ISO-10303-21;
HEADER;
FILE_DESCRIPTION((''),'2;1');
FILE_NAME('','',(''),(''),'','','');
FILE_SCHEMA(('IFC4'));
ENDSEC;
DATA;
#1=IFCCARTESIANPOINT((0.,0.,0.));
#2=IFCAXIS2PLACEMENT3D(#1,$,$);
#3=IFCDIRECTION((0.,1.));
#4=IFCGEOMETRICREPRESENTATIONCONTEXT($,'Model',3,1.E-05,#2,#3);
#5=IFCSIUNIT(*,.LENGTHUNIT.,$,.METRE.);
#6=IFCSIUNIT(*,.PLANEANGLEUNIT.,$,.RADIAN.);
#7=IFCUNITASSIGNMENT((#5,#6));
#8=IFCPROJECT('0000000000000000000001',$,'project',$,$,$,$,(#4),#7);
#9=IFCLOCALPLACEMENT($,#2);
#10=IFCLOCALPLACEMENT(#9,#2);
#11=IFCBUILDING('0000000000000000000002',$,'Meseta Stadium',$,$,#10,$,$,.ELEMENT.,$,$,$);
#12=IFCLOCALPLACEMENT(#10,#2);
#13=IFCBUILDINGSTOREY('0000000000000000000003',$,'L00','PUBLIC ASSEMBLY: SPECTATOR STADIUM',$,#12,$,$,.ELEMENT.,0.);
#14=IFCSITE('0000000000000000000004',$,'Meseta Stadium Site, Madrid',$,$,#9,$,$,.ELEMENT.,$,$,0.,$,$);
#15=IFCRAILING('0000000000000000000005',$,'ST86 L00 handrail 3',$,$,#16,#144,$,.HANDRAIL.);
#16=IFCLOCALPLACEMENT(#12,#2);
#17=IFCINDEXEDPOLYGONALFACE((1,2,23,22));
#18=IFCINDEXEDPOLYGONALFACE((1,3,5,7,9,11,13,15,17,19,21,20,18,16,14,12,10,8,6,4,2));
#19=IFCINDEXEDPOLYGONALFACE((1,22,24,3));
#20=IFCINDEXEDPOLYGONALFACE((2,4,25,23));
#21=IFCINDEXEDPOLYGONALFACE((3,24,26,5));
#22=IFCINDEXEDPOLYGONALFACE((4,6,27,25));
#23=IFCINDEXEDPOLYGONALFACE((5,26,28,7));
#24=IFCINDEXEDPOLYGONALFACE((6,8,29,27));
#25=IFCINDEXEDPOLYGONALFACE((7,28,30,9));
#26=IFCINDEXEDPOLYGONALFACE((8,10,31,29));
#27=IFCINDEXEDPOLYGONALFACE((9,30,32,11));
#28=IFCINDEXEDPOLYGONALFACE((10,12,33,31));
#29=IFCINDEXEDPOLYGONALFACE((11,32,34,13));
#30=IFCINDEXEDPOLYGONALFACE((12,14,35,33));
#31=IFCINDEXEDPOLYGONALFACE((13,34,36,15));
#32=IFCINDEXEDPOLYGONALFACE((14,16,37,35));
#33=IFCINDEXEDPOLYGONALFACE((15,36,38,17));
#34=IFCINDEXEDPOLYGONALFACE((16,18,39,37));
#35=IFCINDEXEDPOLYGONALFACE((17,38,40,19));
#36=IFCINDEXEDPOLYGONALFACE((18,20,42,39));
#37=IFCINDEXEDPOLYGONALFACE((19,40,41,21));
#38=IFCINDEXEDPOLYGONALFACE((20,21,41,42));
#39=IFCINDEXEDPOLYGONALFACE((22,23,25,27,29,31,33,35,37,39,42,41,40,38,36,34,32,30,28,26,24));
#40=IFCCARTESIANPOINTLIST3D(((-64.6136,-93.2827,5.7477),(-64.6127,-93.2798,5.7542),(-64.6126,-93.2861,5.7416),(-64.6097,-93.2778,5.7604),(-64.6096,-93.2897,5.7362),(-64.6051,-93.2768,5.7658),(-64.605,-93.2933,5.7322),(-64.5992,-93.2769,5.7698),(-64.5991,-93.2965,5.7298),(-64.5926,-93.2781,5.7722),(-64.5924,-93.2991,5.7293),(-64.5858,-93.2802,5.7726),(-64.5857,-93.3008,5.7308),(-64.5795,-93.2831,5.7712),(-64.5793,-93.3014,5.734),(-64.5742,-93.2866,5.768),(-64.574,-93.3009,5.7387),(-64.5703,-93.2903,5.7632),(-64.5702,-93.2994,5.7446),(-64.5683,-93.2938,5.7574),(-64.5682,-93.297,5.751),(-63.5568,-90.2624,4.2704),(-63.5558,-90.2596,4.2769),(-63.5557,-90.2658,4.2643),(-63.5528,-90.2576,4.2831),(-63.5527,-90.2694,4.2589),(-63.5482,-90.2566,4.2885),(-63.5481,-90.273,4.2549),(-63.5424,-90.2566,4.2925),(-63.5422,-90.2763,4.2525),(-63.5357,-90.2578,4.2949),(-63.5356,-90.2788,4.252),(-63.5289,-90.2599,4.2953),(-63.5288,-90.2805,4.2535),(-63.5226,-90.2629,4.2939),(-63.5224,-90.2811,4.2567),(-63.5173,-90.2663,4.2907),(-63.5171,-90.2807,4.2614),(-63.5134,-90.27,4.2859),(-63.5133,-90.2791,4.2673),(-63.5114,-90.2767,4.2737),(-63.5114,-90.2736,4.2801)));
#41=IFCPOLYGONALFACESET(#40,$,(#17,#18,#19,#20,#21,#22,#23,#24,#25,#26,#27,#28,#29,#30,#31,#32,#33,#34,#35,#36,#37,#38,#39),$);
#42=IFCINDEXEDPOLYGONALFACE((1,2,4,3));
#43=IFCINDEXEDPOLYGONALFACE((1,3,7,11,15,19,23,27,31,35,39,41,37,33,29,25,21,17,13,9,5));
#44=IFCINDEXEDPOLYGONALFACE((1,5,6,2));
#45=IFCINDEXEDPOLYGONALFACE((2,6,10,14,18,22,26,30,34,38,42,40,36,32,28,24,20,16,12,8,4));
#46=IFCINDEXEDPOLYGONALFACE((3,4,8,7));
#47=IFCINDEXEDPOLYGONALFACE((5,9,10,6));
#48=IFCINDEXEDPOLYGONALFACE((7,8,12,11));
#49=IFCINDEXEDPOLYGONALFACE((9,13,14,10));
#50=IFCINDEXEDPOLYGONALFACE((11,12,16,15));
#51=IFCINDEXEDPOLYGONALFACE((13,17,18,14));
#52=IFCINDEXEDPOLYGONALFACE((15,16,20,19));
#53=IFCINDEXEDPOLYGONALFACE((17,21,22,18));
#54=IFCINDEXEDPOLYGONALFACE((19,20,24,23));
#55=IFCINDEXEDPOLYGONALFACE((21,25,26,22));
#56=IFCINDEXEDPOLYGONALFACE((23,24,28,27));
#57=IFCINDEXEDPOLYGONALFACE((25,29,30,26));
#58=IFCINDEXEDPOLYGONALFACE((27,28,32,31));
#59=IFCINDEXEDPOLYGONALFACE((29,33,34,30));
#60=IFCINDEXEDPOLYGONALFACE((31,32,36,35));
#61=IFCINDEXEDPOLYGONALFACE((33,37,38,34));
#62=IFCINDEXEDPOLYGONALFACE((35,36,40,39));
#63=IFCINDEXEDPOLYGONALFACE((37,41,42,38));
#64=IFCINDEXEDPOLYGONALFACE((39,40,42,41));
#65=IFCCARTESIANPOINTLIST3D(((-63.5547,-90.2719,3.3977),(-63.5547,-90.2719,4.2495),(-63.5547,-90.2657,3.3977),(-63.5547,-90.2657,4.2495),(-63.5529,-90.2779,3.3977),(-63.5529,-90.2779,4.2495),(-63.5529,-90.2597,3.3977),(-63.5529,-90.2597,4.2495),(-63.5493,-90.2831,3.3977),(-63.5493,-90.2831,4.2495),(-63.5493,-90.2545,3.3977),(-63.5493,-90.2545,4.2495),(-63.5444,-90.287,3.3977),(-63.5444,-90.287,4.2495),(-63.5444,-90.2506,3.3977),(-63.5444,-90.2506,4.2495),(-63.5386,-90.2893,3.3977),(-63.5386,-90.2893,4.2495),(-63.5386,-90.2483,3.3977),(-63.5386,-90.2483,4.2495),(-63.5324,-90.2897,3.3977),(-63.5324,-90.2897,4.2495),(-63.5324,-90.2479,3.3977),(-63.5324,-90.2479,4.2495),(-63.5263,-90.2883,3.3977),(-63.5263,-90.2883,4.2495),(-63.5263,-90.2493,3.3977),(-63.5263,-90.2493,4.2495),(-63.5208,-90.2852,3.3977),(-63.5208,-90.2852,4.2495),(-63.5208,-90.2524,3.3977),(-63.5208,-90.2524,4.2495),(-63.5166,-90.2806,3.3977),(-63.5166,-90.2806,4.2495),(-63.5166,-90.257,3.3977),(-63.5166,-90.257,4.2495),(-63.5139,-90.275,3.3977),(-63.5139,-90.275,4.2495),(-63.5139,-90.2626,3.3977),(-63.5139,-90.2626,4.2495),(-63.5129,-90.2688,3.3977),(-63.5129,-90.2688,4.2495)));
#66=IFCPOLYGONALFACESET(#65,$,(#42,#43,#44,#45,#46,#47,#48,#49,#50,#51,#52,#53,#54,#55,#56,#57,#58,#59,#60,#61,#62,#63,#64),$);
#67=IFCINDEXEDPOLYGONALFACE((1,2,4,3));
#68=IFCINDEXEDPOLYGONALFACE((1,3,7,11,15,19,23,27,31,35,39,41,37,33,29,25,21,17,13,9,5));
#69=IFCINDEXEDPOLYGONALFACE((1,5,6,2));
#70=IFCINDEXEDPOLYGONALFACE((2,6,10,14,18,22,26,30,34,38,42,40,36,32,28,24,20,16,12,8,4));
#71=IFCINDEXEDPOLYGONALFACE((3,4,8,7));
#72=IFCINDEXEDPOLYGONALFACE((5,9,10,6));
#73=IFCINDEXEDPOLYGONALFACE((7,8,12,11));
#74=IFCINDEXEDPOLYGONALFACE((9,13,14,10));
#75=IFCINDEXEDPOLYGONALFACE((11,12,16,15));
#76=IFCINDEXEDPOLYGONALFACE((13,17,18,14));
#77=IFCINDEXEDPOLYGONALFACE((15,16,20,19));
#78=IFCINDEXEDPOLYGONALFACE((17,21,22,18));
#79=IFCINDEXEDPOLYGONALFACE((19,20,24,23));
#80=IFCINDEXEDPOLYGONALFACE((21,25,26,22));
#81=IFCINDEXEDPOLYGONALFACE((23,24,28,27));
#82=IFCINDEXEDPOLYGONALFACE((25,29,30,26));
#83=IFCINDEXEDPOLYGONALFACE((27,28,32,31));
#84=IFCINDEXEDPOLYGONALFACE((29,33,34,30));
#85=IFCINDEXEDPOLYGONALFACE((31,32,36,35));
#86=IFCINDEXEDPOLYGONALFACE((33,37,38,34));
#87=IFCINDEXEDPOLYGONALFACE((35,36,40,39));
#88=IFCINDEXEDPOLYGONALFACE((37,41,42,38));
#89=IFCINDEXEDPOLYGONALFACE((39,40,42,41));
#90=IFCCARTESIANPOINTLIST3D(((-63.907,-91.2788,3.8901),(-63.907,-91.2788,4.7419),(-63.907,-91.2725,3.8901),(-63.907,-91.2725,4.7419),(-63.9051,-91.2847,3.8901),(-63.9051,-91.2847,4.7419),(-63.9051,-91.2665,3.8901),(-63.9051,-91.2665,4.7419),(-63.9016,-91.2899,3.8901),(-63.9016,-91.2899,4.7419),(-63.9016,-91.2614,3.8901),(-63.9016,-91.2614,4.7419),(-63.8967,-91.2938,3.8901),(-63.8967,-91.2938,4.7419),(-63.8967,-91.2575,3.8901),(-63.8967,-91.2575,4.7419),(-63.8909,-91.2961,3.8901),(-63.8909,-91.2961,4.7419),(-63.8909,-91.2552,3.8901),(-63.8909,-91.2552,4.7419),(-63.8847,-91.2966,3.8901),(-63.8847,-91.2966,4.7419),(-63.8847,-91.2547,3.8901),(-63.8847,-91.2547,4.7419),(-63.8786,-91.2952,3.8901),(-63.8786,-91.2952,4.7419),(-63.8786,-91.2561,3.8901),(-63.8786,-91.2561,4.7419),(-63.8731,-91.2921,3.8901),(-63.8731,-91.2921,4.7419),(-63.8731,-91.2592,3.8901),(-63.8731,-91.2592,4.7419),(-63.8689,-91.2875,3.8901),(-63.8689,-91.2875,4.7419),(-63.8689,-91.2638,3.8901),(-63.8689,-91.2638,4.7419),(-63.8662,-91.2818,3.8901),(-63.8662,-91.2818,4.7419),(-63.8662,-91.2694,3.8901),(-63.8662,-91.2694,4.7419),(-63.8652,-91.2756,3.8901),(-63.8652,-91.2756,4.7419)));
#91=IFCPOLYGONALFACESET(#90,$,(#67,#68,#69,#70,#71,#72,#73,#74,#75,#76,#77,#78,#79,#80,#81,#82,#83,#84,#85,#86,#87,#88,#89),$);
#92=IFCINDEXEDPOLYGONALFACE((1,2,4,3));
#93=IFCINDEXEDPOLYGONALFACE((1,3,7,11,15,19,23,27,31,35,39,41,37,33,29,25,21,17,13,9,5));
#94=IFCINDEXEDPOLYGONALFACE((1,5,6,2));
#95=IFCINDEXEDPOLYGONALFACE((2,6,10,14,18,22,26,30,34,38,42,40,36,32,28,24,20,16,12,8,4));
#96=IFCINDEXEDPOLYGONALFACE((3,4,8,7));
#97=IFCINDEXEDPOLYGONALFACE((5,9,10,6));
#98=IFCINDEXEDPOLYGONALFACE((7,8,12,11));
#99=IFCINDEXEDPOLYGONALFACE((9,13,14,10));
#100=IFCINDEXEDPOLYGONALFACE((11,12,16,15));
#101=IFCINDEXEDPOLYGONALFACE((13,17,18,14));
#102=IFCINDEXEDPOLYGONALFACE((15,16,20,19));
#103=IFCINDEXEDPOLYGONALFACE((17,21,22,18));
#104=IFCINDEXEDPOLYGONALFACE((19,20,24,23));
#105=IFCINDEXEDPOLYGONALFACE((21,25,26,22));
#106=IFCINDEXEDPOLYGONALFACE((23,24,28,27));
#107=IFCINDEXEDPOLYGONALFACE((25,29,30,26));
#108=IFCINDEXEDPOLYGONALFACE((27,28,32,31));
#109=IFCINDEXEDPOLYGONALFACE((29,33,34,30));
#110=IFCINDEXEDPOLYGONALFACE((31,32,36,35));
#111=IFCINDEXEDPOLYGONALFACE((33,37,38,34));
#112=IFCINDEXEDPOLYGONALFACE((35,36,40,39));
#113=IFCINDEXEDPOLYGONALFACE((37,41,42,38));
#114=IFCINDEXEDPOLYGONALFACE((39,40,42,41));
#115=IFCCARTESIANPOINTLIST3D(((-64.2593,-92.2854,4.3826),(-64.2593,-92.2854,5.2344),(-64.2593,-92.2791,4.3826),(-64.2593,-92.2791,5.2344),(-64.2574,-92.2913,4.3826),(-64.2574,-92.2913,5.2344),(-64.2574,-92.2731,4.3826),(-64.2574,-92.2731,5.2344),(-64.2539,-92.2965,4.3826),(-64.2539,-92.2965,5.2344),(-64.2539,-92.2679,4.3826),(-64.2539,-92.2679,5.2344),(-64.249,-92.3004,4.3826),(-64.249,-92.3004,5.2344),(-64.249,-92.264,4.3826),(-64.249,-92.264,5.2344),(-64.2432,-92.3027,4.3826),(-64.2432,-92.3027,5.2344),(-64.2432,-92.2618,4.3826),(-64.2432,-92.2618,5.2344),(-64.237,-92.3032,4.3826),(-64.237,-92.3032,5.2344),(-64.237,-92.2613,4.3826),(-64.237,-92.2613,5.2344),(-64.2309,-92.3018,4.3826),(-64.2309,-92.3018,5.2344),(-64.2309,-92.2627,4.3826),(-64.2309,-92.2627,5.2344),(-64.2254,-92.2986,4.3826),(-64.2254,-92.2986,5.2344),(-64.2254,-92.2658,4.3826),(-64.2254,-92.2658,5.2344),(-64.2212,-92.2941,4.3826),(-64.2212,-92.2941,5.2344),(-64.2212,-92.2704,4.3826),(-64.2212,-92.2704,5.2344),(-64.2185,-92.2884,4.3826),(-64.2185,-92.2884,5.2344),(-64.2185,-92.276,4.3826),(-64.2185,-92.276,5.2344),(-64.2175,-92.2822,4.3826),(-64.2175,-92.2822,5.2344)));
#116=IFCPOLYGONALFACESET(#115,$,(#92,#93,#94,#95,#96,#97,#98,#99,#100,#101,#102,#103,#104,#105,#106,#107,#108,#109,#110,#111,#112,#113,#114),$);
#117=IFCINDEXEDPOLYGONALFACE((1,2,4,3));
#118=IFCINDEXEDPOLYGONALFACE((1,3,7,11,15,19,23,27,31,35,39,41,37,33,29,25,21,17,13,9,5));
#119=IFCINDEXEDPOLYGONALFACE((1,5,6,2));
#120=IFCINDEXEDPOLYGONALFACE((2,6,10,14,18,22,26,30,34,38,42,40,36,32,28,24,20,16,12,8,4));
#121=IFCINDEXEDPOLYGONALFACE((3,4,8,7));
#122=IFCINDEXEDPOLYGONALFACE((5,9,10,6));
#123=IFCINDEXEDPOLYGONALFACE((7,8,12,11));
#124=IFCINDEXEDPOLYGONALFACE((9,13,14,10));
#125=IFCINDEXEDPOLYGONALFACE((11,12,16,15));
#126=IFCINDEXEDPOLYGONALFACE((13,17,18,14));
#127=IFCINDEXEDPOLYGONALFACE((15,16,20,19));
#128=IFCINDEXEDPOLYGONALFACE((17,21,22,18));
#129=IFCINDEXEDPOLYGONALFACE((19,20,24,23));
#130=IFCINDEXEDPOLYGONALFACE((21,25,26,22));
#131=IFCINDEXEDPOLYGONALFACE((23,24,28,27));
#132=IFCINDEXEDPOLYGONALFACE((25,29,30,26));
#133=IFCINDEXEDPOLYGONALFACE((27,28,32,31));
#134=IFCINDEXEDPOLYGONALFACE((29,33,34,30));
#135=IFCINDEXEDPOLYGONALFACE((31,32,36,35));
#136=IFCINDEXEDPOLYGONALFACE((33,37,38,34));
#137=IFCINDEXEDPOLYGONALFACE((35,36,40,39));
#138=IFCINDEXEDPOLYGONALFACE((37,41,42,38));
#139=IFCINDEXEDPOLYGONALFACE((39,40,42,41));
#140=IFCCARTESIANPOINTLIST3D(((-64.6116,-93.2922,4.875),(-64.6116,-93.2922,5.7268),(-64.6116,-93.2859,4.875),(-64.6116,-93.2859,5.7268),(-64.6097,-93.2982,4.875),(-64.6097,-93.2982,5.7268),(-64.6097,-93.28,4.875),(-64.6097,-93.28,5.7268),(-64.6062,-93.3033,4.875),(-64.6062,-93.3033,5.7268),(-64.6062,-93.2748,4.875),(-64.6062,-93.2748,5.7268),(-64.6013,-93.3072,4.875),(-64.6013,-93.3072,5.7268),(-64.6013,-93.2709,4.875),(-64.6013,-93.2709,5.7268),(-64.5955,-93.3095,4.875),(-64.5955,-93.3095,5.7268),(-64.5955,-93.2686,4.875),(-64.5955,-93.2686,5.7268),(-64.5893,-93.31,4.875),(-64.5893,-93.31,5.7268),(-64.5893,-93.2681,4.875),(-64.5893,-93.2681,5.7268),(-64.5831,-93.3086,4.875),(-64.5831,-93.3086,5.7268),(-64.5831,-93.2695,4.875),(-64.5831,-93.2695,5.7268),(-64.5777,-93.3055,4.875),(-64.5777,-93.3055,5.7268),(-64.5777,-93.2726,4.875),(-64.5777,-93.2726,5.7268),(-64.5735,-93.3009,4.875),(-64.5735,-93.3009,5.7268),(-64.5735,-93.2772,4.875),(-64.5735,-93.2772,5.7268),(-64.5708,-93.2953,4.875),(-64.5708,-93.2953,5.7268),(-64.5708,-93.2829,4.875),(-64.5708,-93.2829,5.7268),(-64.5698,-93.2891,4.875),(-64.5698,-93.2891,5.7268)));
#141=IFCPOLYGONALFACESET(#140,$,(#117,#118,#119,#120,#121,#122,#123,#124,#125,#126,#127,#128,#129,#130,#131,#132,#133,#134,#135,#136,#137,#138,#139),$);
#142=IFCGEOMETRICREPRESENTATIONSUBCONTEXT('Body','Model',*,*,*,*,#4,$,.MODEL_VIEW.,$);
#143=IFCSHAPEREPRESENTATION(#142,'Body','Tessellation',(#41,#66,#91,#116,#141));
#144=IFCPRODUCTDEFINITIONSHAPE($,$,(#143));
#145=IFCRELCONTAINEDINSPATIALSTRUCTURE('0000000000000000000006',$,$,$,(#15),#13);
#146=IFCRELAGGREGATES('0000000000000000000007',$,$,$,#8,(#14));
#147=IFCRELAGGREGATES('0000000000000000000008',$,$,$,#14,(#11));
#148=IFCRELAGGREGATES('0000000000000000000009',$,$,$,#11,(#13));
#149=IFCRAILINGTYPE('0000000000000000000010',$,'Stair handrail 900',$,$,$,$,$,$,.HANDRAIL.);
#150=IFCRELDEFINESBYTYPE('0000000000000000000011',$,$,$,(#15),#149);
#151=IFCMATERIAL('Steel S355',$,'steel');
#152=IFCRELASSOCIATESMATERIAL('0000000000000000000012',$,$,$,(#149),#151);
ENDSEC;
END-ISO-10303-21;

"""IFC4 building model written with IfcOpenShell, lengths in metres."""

from ifc_helpers import new_model, si_unit, direction, frame, origin, origin_2d, place, context, subcontext, project, spatial, circle, extrude, material, type_object, element, save


model = new_model("IFC4")

# Units and contexts
model_context = context("Model", 3, precision=1e-05, world=origin(), true_north=direction((0.0, 1.0)))
body_context = subcontext(model_context, "Body", "Model", "MODEL_VIEW")
ifc_project = project(units=[si_unit("LENGTHUNIT", "METRE"), si_unit("PLANEANGLEUNIT", "RADIAN")], contexts=[model_context])

# Site, building, storey
site_placement = place(None, origin())
site = spatial("IfcSite", under=ifc_project, at=site_placement, Name="Meseta Stadium Site, Madrid", CompositionType="ELEMENT", RefElevation=0.0)
building_placement = place(site_placement, origin())
building = spatial("IfcBuilding", under=site, at=building_placement, Name="Meseta Stadium", CompositionType="ELEMENT")
storey_placement = place(building_placement, origin())
storey = spatial("IfcBuildingStorey", under=building, at=storey_placement, Name="L00", Description="PUBLIC ASSEMBLY: SPECTATOR STADIUM", CompositionType="ELEMENT", Elevation=0.0)

# Railing
ifc_material_1 = material(Name="Steel S355", Category="steel")
railing_type_1 = type_object("IfcRailingType", Name="Stair handrail 900", PredefinedType="HANDRAIL", material=ifc_material_1)
for number, where, name in (
    (1, (-63.5339, -90.2688, 3.3977), "ST86 L00 handrail 3"),
):
    element("IfcRailing", number, at=place(storey_placement, frame(where)), inside=storey, type_object=railing_type_1, Name=name, PredefinedType="HANDRAIL", context=body_context, shape_type="SweptSolid", body=[
        extrude(circle(Radius=0.0239, at=origin_2d()), frame((0.0, 0.0, 0.876), z_axis=(-0.299876, -0.856958, 0.419162), x_axis=(0.943879, -0.330293, 0.0)), (0.0, 0.0, 1.0), 3.5244),
        extrude(circle(Radius=0.021, at=origin_2d()), origin(), (0.0, 0.0, 1.0), 0.8518),
        extrude(circle(Radius=0.021, at=origin_2d()), frame((-0.3523, -1.0068, 0.4924)), (0.0, 0.0, 1.0), 0.8518),
        extrude(circle(Radius=0.021, at=origin_2d()), frame((-0.7046, -2.0134, 0.9849)), (0.0, 0.0, 1.0), 0.8518),
        extrude(circle(Radius=0.021, at=origin_2d()), frame((-1.0569, -3.0203, 1.4773)), (0.0, 0.0, 1.0), 0.8518),
    ])

save(model, "model.ifc")
